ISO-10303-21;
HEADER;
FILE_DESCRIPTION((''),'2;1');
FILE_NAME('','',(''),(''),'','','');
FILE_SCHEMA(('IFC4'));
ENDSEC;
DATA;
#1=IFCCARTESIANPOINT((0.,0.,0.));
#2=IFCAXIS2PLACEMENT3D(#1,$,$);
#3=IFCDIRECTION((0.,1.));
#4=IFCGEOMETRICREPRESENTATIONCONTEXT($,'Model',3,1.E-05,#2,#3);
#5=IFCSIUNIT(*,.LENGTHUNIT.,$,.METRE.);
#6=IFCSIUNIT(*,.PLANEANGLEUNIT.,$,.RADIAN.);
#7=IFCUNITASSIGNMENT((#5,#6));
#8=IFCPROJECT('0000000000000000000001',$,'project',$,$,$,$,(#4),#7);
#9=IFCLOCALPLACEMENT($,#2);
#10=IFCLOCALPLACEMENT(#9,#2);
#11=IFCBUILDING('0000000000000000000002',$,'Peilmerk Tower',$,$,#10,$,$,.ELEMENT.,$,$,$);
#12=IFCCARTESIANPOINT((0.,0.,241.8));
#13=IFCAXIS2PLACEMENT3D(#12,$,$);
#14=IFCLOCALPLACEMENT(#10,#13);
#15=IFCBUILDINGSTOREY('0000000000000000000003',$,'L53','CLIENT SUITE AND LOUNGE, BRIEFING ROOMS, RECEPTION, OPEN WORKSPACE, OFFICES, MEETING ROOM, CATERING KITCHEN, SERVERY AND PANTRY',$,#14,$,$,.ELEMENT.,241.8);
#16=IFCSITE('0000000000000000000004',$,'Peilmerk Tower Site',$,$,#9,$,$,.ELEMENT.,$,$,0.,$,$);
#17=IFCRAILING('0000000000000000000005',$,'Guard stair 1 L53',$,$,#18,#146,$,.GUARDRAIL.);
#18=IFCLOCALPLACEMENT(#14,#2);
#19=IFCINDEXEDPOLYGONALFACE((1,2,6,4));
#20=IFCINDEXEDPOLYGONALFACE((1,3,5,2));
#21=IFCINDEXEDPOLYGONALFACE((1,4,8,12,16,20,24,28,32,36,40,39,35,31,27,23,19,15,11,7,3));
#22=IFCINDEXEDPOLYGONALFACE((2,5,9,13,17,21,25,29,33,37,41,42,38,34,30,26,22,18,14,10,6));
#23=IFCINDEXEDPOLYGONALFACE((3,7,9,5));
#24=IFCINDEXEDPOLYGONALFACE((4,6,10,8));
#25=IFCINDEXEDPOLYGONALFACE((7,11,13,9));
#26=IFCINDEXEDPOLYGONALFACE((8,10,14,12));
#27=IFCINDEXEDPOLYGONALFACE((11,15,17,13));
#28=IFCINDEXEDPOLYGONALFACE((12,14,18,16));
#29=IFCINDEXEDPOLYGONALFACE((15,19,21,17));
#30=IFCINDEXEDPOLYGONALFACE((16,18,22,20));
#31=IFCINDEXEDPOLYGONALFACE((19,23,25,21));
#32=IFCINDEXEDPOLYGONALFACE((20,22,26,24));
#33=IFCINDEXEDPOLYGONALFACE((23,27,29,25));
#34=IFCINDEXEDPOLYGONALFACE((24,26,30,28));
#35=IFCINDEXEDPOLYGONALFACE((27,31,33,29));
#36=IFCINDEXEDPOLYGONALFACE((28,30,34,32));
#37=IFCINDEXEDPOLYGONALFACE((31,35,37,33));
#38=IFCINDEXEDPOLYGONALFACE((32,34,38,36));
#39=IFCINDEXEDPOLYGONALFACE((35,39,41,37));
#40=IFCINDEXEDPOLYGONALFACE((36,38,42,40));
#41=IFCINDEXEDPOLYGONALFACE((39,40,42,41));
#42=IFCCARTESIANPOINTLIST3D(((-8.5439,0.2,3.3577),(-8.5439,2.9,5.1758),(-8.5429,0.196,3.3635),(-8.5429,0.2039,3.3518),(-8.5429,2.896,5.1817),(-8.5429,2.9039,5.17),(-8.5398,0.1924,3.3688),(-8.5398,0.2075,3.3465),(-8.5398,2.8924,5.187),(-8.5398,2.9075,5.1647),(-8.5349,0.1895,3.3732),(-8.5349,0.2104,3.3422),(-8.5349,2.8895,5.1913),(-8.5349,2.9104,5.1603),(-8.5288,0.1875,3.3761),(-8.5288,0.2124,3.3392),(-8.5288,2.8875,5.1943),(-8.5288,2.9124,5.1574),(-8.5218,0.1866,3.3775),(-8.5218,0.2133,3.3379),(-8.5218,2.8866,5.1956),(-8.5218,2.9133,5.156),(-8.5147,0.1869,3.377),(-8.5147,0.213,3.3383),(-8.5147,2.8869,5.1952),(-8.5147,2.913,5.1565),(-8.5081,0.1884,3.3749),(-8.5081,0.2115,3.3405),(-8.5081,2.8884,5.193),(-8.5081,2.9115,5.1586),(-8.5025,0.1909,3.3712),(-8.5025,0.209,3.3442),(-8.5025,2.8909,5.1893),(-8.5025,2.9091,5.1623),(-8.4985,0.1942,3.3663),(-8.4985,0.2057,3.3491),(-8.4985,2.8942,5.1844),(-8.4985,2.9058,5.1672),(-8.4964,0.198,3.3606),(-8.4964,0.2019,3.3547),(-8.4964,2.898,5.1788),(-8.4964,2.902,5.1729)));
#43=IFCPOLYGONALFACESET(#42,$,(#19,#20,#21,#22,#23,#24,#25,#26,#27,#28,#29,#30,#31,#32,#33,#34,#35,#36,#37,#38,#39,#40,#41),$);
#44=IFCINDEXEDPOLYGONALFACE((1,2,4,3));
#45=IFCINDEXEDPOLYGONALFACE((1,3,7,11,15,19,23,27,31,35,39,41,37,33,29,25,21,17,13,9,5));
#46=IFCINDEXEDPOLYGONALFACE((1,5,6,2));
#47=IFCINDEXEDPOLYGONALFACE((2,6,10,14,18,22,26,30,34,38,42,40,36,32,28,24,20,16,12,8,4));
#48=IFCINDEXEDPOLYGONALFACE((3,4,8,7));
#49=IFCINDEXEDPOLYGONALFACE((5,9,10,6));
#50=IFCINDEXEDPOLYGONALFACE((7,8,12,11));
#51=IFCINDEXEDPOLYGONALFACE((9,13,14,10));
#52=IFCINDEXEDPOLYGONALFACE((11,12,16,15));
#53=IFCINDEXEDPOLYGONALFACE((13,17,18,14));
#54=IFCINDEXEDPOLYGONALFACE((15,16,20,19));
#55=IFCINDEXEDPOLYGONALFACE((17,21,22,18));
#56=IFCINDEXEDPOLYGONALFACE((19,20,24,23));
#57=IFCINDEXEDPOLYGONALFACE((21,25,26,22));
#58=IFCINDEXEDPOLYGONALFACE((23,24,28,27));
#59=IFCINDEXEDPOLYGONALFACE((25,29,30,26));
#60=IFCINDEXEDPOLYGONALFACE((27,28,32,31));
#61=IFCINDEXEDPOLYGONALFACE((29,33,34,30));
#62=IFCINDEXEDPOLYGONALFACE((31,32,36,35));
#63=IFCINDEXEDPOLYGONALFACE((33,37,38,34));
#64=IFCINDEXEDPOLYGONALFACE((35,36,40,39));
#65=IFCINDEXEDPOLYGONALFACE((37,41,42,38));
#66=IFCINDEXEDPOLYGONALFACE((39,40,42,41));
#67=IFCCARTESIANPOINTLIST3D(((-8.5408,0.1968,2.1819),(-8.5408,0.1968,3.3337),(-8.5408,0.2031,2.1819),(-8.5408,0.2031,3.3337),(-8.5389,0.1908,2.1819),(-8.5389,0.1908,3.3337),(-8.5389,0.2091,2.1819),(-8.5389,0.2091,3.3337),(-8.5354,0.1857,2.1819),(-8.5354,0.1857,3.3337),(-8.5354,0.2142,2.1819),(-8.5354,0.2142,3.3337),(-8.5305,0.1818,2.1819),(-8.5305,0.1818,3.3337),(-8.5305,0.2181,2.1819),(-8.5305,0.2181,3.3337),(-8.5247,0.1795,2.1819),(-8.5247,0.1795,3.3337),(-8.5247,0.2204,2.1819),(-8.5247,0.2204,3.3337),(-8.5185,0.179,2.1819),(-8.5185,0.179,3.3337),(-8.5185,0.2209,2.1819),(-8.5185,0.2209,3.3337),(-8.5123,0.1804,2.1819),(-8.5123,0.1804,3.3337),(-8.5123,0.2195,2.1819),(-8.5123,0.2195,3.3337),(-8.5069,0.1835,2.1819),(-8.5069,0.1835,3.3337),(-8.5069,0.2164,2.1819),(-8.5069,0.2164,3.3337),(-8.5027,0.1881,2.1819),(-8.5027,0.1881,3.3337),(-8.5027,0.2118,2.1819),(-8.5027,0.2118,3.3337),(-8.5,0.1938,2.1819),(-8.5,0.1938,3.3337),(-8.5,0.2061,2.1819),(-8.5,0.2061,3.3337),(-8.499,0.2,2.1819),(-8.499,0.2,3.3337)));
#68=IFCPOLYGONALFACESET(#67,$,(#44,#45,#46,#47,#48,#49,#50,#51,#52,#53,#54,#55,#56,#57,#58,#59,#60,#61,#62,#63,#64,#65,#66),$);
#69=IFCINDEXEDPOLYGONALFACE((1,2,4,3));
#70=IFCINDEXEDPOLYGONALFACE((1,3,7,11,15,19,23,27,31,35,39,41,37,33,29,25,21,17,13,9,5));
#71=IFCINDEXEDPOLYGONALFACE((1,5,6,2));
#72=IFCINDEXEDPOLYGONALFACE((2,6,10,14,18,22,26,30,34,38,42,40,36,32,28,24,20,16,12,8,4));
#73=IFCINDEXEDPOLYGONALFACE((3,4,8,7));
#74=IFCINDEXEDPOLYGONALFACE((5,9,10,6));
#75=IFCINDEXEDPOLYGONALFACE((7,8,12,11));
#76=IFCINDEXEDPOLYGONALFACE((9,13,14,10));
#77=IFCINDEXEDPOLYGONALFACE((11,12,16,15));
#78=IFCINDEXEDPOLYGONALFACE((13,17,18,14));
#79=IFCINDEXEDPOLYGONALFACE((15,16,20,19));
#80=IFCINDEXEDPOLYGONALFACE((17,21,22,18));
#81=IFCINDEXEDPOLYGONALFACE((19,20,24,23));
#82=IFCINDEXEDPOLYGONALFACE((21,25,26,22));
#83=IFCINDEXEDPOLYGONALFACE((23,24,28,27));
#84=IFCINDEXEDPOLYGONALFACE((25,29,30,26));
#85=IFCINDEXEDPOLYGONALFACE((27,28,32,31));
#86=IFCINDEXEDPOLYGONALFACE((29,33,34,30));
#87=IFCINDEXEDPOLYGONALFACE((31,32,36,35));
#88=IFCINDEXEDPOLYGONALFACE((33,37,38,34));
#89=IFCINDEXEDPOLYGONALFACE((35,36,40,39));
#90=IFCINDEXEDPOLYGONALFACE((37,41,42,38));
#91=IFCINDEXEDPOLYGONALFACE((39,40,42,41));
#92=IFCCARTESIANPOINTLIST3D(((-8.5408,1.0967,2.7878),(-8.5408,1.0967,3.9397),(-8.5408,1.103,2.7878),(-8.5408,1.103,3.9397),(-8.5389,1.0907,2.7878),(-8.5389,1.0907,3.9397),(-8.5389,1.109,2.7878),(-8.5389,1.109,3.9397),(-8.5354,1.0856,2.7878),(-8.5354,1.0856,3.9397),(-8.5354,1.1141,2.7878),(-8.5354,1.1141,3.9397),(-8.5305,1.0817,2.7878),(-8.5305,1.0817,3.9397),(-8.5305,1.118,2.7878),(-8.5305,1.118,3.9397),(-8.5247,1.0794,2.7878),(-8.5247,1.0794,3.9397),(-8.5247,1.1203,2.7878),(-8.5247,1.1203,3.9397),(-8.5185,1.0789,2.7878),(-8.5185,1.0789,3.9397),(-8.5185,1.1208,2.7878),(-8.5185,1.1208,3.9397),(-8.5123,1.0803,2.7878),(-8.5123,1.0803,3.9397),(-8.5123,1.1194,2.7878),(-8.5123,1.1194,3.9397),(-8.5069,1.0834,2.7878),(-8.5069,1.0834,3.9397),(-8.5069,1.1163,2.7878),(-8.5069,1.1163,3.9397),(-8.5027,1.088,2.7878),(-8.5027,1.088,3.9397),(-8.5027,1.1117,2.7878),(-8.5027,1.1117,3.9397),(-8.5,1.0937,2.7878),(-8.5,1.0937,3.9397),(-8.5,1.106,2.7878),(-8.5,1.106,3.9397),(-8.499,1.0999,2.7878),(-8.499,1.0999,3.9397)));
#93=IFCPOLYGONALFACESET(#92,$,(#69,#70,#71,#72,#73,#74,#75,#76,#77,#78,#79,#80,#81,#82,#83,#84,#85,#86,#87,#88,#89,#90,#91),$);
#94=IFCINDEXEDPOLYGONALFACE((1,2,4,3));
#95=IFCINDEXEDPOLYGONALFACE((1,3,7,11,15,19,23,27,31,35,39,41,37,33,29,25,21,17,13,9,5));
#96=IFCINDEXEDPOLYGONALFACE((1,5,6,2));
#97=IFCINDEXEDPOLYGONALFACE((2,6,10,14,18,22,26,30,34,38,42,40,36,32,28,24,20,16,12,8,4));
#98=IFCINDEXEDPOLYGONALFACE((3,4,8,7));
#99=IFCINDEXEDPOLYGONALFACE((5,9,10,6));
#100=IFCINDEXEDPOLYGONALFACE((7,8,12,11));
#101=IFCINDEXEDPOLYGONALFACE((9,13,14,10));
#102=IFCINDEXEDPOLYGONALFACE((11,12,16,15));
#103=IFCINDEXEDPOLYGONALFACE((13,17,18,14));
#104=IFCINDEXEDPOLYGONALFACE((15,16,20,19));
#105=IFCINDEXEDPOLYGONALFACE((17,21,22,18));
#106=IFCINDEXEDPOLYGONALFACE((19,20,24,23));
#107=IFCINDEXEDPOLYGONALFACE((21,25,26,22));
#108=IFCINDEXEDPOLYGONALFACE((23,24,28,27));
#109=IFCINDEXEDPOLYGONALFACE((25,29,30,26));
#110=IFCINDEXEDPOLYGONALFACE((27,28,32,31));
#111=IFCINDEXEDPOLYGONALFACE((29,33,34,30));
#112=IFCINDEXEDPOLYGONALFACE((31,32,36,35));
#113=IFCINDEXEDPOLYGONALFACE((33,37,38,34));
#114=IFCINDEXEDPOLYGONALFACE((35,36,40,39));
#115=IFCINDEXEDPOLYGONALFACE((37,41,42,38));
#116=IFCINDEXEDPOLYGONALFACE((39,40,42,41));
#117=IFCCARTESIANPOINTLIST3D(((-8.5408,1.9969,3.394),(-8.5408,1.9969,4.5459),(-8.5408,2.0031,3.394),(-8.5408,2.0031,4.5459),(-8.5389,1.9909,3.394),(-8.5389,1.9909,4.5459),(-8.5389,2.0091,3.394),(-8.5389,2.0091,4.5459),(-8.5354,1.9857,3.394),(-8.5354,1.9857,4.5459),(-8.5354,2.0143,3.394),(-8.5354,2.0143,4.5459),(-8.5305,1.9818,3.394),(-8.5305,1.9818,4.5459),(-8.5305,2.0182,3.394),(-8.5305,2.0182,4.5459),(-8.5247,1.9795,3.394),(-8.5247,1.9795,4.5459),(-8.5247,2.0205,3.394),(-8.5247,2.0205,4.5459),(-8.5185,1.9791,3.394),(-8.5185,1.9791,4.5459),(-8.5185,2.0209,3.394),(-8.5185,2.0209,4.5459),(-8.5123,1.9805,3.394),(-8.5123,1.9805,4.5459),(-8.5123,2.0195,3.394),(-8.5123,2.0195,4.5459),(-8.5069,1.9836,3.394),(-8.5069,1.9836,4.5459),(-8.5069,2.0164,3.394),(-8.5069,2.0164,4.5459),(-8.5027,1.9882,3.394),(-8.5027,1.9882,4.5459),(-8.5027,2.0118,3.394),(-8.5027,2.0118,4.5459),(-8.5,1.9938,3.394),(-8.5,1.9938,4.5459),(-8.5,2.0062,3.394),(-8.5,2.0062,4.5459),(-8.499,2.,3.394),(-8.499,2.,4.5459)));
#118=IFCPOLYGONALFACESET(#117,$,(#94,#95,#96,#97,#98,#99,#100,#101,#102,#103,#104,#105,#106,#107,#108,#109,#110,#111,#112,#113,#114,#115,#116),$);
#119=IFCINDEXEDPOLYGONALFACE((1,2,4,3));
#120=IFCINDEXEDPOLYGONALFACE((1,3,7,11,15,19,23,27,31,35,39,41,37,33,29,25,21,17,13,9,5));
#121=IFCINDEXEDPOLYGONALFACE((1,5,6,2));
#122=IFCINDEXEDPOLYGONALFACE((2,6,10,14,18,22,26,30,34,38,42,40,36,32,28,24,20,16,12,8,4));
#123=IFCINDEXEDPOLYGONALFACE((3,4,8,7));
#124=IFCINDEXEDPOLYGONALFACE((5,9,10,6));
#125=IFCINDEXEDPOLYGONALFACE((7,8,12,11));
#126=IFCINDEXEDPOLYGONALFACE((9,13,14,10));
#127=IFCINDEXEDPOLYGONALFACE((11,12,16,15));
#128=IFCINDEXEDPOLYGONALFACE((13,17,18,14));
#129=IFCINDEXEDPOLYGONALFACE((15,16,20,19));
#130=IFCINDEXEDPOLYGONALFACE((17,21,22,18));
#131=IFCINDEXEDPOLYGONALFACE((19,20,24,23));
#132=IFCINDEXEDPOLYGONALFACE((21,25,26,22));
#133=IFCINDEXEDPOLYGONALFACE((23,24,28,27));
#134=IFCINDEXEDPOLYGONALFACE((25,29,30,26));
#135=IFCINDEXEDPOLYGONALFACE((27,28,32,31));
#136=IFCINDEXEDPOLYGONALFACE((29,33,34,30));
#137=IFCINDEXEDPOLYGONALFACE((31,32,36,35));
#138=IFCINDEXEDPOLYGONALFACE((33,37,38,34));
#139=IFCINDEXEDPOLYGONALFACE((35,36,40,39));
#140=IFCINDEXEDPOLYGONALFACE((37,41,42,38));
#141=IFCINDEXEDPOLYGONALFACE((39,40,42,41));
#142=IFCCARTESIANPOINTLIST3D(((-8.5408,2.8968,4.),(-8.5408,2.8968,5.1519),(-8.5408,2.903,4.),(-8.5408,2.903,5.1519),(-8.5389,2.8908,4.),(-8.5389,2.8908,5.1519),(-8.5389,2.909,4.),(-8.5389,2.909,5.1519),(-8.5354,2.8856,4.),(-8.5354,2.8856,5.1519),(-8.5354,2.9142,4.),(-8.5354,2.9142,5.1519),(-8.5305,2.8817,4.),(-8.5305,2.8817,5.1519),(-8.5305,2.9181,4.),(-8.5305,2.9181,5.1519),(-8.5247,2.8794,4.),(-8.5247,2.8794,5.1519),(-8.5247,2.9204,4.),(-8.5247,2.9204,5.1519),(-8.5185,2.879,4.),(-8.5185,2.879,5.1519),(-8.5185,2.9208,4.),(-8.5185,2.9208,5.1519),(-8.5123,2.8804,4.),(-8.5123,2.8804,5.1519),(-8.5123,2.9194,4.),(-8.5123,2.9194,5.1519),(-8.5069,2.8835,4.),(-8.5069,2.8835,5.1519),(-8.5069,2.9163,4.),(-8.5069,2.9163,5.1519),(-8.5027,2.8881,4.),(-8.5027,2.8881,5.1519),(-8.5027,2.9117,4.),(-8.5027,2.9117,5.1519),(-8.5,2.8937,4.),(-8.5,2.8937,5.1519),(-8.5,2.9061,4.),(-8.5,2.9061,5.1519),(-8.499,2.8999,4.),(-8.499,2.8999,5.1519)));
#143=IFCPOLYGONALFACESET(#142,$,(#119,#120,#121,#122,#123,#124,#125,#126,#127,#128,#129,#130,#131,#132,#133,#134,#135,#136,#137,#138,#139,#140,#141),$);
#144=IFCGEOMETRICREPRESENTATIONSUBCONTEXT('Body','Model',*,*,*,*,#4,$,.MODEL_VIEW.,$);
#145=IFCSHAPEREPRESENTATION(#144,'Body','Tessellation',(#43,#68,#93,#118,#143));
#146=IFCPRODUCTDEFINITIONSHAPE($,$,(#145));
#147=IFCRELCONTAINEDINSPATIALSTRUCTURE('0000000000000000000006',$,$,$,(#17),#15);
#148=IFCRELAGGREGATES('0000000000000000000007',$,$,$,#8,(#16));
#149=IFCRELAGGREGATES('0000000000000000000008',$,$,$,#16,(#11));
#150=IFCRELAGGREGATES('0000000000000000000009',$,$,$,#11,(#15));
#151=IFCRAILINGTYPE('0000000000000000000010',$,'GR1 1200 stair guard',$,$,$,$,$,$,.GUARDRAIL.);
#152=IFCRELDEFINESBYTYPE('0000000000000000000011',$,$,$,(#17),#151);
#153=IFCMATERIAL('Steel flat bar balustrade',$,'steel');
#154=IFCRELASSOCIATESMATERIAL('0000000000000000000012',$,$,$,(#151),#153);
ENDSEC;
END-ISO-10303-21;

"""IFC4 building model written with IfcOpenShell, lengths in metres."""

from ifc_helpers import new_model, si_unit, direction, frame, origin, origin_2d, place, context, subcontext, project, spatial, circle, extrude, material, type_object, element, save


model = new_model("IFC4")

# Units and contexts
model_context = context("Model", 3, precision=1e-05, world=origin(), true_north=direction((0.0, 1.0)))
body_context = subcontext(model_context, "Body", "Model", "MODEL_VIEW")
ifc_project = project(units=[si_unit("LENGTHUNIT", "METRE"), si_unit("PLANEANGLEUNIT", "RADIAN")], contexts=[model_context])

# Site, building, storey
site_placement = place(None, origin())
site = spatial("IfcSite", under=ifc_project, at=site_placement, Name="Peilmerk Tower Site", CompositionType="ELEMENT", RefElevation=0.0)
building_placement = place(site_placement, origin())
building = spatial("IfcBuilding", under=site, at=building_placement, Name="Peilmerk Tower", CompositionType="ELEMENT")
storey_placement = place(building_placement, frame((0.0, 0.0, 241.8)))
storey = spatial("IfcBuildingStorey", under=building, at=storey_placement, Name="L53", Description="CLIENT SUITE AND LOUNGE, BRIEFING ROOMS, RECEPTION, OPEN WORKSPACE, OFFICES, MEETING ROOM, CATERING KITCHEN, SERVERY AND PANTRY", CompositionType="ELEMENT", Elevation=241.8)

# Railing
ifc_material_1 = material(Name="Steel flat bar balustrade", Category="steel")
railing_type_1 = type_object("IfcRailingType", Name="GR1 1200 stair guard", PredefinedType="GUARDRAIL", material=ifc_material_1)
railing_1_placement = place(storey_placement, frame((-8.52, 0.2, 2.1819)))
element("IfcRailing", 1, at=railing_1_placement, inside=storey, type_object=railing_type_1, Name="Guard stair 1 L53", PredefinedType="GUARDRAIL", context=body_context, shape_type="SweptSolid", body=[
    extrude(circle(Radius=0.0239, at=origin_2d()), frame((0.0, 0.0, 1.1758), z_axis=(0.0, 0.829468, 0.558554), x_axis=(-1.0, 0.0, 0.0)), (0.0, 0.0, 1.0), 3.2551),
    extrude(circle(Radius=0.021, at=origin_2d()), origin(), (0.0, 0.0, 1.0), 1.1519),
    extrude(circle(Radius=0.021, at=origin_2d()), frame((0.0, 0.8999, 0.606)), (0.0, 0.0, 1.0), 1.1519),
    extrude(circle(Radius=0.021, at=origin_2d()), frame((0.0, 1.8, 1.2122)), (0.0, 0.0, 1.0), 1.1519),
    extrude(circle(Radius=0.021, at=origin_2d()), frame((0.0, 2.7, 1.8181)), (0.0, 0.0, 1.0), 1.1519),
])

save(model, "model.ifc")
